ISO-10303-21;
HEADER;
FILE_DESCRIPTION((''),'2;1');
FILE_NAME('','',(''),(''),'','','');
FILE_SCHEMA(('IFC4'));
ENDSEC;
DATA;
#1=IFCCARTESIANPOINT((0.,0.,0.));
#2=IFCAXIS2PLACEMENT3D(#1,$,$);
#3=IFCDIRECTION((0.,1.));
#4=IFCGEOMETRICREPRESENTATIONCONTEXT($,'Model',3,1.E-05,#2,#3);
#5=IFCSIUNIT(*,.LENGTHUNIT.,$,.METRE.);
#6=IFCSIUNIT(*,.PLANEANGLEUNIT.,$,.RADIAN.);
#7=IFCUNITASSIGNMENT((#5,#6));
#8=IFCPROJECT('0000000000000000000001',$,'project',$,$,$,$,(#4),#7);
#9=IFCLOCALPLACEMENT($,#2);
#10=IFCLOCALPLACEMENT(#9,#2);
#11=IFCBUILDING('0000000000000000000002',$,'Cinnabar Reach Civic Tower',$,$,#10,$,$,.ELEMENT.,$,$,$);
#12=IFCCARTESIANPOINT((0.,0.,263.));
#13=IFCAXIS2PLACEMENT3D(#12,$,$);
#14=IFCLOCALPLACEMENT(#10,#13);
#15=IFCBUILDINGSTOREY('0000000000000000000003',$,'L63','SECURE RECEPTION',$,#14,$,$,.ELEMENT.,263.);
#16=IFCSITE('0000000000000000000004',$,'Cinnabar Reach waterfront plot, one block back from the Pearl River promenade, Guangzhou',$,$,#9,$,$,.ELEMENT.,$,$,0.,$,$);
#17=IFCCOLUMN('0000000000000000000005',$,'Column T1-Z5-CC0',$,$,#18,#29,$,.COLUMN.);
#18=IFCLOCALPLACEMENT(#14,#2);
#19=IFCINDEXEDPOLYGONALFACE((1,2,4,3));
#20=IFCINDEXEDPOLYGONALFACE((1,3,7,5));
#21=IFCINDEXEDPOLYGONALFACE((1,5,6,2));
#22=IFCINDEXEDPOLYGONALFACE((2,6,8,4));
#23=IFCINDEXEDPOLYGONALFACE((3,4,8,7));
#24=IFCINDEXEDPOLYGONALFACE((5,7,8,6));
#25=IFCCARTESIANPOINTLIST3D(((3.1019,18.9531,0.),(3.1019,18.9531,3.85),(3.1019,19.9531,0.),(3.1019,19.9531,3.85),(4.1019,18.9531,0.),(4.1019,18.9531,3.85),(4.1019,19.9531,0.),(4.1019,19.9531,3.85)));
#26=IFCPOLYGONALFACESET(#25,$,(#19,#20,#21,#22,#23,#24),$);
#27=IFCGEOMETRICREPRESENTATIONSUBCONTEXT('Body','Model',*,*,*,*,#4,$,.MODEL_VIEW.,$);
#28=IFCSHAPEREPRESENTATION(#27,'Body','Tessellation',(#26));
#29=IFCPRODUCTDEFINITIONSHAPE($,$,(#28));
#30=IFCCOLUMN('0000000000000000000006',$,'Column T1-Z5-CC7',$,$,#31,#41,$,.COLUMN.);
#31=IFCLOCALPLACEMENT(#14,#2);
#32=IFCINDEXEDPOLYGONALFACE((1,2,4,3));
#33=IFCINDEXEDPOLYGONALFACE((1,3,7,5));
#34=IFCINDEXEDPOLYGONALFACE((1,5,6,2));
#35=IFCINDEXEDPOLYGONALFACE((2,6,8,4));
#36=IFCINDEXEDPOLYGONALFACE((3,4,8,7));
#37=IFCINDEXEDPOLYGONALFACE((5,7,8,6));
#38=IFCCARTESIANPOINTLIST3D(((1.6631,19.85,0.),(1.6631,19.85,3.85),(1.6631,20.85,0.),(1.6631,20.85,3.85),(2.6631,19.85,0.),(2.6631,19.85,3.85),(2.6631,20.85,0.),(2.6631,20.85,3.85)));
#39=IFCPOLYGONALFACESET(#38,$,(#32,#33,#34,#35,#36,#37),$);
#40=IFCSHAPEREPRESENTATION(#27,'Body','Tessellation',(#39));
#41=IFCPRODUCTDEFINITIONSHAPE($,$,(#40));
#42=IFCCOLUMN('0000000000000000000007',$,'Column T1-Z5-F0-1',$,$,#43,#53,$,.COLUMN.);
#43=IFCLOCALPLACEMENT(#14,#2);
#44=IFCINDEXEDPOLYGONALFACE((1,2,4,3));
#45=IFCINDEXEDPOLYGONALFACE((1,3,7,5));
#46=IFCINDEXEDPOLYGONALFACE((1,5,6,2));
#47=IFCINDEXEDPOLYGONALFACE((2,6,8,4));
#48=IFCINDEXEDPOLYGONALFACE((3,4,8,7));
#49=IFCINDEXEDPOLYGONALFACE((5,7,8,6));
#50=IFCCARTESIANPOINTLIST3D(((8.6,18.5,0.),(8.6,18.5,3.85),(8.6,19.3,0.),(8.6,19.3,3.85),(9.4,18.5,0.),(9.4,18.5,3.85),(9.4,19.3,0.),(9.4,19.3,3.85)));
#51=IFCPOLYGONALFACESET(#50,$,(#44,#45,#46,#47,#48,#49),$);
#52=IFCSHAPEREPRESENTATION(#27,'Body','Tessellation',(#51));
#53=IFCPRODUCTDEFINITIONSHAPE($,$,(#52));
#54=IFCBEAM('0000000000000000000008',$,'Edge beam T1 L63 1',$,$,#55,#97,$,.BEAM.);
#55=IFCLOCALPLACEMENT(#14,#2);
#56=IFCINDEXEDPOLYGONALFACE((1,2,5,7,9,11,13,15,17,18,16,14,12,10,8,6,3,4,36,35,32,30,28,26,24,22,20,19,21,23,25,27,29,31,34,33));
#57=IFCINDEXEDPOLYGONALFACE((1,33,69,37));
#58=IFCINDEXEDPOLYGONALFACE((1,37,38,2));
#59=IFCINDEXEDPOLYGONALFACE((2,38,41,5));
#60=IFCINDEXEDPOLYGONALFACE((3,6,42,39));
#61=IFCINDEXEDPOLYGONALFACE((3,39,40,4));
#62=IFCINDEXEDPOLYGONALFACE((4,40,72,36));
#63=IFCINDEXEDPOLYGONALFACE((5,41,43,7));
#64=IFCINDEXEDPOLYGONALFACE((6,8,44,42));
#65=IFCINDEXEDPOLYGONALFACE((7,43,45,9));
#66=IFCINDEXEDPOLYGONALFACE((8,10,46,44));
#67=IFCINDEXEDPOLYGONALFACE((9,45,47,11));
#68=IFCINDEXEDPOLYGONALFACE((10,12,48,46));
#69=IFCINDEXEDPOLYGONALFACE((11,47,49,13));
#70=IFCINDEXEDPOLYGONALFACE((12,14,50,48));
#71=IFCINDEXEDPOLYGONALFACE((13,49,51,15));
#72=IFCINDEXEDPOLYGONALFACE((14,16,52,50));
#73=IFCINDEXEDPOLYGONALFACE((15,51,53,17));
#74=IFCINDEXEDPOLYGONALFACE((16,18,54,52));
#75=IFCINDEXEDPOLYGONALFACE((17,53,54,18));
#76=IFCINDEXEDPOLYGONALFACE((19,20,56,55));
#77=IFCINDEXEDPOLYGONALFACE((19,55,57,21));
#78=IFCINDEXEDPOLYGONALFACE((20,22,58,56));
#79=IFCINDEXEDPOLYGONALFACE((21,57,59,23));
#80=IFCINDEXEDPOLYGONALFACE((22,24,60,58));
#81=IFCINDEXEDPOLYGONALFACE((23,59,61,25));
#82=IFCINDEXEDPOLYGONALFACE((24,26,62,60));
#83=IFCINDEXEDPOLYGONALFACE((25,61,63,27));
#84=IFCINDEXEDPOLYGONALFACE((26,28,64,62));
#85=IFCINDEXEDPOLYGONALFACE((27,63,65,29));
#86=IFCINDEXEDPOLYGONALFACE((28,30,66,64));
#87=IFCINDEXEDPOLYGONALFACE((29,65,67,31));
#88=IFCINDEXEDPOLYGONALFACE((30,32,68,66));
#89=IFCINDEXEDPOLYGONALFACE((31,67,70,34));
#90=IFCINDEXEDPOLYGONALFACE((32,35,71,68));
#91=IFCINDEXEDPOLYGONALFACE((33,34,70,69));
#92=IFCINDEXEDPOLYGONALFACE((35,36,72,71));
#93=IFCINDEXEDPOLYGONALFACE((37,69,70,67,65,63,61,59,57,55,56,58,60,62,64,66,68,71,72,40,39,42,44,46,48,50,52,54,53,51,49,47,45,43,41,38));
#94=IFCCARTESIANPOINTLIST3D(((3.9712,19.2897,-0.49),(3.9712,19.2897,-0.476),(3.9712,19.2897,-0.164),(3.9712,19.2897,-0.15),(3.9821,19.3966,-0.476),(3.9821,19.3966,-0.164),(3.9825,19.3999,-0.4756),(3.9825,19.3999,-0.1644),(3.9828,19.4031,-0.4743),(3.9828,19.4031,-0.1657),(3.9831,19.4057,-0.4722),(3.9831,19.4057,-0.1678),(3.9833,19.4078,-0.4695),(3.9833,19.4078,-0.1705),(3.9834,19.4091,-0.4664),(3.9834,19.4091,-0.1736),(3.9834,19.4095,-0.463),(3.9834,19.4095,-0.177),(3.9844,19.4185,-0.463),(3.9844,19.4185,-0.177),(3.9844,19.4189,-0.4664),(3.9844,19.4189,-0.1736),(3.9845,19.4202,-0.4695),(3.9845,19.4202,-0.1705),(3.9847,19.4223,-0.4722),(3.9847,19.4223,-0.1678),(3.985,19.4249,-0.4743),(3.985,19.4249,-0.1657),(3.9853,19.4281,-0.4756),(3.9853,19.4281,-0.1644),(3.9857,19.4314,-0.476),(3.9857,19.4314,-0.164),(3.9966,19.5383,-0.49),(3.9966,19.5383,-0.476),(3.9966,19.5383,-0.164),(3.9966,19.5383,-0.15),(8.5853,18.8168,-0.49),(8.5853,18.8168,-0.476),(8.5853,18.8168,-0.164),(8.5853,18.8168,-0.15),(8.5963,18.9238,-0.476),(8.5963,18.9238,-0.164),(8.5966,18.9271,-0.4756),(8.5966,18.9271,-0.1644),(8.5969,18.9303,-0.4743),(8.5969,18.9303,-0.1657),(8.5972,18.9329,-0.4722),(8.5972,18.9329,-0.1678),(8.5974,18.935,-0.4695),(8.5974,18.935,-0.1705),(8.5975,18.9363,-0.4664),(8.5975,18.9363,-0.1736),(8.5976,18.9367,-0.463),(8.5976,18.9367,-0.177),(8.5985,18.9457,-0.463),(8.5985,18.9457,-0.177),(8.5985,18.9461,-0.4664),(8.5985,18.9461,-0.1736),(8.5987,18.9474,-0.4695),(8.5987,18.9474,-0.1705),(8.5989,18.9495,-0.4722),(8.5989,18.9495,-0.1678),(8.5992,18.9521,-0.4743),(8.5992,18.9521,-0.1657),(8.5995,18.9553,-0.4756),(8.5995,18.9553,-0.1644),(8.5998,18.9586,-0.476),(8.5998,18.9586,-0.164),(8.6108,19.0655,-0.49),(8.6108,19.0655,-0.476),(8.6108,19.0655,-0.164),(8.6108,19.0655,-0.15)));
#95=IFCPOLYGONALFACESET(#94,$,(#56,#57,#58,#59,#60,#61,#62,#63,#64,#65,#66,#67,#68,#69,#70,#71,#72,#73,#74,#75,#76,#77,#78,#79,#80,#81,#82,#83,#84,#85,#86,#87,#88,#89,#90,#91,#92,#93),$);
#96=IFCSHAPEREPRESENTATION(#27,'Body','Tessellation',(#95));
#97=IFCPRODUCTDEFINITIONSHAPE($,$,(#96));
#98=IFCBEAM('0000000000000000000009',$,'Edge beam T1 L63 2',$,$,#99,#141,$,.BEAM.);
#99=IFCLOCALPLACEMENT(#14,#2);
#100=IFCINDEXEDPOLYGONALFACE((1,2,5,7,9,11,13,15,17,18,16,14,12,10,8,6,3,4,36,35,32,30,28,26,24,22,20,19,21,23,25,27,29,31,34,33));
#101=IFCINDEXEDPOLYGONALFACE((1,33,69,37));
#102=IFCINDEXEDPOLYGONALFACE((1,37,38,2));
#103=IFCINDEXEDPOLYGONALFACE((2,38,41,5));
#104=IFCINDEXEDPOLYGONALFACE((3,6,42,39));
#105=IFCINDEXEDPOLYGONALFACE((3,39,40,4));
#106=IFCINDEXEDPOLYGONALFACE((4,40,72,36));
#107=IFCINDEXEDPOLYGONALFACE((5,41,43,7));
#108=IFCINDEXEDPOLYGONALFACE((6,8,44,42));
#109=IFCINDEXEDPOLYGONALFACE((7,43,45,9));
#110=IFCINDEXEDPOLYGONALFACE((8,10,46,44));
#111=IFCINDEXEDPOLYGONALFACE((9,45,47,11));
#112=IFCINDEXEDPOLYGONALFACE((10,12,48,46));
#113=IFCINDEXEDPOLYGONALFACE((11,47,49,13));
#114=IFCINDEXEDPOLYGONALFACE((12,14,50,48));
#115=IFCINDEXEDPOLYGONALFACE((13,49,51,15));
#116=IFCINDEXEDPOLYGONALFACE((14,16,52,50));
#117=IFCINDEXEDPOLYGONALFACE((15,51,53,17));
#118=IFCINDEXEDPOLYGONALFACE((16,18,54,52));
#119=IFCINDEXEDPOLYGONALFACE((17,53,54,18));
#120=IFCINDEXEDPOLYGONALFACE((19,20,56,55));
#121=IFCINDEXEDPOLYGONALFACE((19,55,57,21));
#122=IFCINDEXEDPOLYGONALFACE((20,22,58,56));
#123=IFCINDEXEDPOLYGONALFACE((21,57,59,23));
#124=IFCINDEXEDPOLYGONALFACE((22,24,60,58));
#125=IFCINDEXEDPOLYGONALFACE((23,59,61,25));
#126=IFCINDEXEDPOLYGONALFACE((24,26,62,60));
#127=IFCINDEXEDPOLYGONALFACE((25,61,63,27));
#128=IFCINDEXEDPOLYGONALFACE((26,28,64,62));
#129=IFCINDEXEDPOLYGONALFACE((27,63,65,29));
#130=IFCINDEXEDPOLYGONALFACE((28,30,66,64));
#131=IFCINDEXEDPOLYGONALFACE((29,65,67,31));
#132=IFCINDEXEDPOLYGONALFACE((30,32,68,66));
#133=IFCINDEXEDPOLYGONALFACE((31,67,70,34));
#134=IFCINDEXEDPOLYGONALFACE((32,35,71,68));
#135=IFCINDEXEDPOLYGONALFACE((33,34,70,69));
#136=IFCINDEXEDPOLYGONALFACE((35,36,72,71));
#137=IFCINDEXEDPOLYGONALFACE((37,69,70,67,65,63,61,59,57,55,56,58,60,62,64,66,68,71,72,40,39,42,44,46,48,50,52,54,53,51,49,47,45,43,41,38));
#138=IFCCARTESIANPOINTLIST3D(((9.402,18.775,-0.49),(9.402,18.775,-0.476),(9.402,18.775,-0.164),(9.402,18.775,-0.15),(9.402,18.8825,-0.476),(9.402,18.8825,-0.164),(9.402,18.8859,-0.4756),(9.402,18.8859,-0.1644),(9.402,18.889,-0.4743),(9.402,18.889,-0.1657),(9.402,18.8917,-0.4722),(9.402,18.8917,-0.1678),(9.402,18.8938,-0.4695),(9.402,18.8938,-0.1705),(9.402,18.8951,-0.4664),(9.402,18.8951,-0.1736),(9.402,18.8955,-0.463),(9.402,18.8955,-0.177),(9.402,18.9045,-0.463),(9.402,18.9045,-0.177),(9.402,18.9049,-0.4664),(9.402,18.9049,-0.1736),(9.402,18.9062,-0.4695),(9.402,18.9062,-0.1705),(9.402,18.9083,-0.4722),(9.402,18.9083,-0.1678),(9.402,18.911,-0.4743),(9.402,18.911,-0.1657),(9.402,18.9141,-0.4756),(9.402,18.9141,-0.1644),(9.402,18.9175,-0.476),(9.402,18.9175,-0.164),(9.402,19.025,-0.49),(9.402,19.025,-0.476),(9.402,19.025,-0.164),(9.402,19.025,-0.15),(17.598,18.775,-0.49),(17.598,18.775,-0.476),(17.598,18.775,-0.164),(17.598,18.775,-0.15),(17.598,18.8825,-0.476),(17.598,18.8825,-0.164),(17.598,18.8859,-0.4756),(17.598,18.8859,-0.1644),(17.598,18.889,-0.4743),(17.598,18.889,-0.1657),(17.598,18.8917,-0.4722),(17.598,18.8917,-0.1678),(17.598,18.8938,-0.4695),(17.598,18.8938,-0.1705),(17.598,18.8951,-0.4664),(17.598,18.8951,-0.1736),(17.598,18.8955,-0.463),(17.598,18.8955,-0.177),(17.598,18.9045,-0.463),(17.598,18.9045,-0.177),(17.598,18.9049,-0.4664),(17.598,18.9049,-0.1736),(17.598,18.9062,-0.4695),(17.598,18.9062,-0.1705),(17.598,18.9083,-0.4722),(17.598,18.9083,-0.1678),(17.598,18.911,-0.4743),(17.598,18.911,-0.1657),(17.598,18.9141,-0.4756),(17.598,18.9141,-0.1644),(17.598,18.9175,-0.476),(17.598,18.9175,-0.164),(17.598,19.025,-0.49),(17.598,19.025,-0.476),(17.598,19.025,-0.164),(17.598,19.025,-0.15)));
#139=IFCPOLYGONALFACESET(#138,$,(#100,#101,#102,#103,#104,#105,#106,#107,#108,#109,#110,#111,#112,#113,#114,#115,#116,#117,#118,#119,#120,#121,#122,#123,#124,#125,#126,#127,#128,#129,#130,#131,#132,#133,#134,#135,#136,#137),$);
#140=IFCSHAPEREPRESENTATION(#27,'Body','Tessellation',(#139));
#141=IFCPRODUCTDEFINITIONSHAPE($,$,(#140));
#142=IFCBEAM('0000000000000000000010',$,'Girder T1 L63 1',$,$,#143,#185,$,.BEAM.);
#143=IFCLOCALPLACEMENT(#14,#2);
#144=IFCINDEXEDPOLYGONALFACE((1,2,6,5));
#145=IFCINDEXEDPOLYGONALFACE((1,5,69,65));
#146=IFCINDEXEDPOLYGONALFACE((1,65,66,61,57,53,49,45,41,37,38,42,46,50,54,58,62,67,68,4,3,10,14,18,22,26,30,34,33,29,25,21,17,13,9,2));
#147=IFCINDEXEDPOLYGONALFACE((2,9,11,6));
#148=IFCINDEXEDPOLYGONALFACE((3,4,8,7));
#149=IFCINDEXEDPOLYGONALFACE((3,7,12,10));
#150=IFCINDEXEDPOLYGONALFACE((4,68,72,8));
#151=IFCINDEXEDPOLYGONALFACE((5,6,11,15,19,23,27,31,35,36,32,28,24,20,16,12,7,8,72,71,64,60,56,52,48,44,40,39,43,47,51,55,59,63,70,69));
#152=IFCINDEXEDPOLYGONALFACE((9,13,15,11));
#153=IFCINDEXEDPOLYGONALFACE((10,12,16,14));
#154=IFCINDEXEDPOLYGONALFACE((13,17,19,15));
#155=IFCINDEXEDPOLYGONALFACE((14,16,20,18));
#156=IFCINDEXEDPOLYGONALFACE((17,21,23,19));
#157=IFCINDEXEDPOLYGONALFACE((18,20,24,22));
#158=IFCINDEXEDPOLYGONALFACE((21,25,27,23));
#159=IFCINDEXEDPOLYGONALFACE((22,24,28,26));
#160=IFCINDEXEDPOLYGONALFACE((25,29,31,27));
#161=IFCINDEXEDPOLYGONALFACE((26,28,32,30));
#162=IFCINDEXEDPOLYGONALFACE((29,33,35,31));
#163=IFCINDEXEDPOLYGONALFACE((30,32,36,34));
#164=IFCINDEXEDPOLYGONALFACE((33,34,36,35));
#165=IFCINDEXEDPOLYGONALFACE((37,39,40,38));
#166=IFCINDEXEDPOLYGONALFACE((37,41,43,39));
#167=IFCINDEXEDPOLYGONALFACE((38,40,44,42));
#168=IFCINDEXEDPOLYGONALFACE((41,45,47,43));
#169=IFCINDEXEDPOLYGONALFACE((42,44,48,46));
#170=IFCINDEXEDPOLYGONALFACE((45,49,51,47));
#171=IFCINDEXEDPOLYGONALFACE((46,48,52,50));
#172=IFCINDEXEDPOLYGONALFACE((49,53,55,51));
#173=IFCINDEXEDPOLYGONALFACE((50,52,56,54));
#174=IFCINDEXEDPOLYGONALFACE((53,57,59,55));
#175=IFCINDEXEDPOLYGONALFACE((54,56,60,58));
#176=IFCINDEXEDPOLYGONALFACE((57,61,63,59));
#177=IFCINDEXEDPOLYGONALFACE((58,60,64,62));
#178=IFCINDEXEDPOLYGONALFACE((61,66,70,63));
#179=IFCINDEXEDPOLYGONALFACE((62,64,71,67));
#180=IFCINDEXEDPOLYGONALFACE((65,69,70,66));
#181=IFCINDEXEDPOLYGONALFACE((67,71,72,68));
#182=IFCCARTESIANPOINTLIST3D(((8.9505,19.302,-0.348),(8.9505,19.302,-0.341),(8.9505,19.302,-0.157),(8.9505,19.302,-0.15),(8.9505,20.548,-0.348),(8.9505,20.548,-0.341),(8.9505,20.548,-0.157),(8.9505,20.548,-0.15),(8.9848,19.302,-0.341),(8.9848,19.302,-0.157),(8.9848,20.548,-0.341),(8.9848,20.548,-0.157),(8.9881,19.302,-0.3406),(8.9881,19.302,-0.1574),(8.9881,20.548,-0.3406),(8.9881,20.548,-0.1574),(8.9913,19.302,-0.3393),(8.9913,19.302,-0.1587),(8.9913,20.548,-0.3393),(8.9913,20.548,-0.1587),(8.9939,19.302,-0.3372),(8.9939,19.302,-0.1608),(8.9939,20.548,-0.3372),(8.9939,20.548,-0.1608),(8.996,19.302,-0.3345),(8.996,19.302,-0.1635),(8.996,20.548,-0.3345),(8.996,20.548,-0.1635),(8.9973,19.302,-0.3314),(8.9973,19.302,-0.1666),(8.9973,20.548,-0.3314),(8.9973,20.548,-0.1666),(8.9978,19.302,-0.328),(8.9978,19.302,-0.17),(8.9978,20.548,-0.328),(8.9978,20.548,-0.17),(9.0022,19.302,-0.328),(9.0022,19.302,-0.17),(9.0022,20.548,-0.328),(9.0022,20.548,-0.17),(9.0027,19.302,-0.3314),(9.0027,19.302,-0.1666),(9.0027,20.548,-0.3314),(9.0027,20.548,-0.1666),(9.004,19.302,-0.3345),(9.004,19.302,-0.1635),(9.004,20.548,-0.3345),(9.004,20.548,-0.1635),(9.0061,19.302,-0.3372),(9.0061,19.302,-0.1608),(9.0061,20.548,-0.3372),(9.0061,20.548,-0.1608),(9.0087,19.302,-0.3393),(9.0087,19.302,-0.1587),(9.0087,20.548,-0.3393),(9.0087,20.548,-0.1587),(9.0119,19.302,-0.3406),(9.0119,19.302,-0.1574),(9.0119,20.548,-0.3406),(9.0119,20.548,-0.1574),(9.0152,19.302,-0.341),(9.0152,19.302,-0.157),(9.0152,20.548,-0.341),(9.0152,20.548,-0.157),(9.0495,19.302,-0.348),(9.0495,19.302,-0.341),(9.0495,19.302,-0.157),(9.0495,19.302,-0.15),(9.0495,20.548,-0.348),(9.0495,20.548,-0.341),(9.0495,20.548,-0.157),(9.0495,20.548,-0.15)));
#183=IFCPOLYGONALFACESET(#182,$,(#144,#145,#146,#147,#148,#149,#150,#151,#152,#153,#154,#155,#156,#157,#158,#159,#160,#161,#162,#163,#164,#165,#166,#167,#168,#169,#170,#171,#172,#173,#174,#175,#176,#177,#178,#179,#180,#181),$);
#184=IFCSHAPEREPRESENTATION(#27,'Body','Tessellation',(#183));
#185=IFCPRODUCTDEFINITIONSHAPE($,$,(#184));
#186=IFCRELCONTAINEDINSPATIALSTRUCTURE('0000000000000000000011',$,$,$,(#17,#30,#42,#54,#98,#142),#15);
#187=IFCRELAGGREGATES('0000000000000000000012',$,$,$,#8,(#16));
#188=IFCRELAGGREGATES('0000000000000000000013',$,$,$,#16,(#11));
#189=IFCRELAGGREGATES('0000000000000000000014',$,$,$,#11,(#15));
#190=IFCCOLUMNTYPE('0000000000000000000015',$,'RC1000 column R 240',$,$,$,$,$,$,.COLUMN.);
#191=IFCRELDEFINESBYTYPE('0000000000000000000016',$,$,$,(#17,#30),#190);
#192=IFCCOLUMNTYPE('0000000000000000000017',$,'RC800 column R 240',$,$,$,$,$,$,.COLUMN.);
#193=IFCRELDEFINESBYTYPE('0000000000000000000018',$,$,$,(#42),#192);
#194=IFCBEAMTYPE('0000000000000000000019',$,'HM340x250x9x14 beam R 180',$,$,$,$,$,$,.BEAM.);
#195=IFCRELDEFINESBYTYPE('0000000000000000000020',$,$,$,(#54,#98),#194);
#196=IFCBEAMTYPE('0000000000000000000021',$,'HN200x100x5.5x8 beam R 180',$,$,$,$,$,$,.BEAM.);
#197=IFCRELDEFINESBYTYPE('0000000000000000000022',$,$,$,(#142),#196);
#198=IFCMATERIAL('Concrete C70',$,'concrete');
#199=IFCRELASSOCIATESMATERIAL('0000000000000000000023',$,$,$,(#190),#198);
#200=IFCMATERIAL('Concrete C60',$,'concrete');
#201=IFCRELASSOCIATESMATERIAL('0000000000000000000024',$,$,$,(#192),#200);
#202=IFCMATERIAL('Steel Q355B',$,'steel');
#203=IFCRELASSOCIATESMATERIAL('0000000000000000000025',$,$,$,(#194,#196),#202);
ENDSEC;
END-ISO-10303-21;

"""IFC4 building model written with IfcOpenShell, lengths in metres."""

from ifc_helpers import new_model, si_unit, direction, frame, origin, origin_2d, place, context, subcontext, project, spatial, rectangle, i_section, extrude, material, material_profile, profile_set, type_object, element, save


model = new_model("IFC4")

# Units and contexts
model_context = context("Model", 3, precision=1e-05, world=origin(), true_north=direction((0.0, 1.0)))
body_context = subcontext(model_context, "Body", "Model", "MODEL_VIEW")
ifc_project = project(units=[si_unit("LENGTHUNIT", "METRE"), si_unit("PLANEANGLEUNIT", "RADIAN")], contexts=[model_context])

# Site, building, storey
site_placement = place(None, origin())
site = spatial("IfcSite", under=ifc_project, at=site_placement, Name="Cinnabar Reach waterfront plot, one block back from the Pearl River promenade, Guangzhou", CompositionType="ELEMENT", RefElevation=0.0)
building_placement = place(site_placement, origin())
building = spatial("IfcBuilding", under=site, at=building_placement, Name="Cinnabar Reach Civic Tower", CompositionType="ELEMENT")
storey_placement = place(building_placement, frame((0.0, 0.0, 263.0)))
storey = spatial("IfcBuildingStorey", under=building, at=storey_placement, Name="L63", Description="SECURE RECEPTION", CompositionType="ELEMENT", Elevation=263.0)

# Columns
ifc_material_1 = material(Name="Concrete C70", Category="concrete")
ifc_material_profile_1 = material_profile(ifc_material_1, rectangle(XDim=1.0, YDim=1.0, at=origin_2d()), Name="RC1000")
ifc_profile_set_1 = profile_set([ifc_material_profile_1], Name="Concrete C70")
column_type_1 = type_object("IfcColumnType", Name="RC1000 column R 240", PredefinedType="COLUMN", material=ifc_profile_set_1)
for number, where, z_axis, x_axis, name in (
    (1, (3.6019, 19.4531, 0.0), (0.0, 0.0, 1.0), (1.0, 0.0, 0.0), "Column T1-Z5-CC0"),
    (2, (2.1631, 20.35, 0.0), (0.0, 0.0, 1.0), (1.0, 0.0, 0.0), "Column T1-Z5-CC7"),
):
    element("IfcColumn", number, at=place(storey_placement, frame(where, z_axis=z_axis, x_axis=x_axis)), inside=storey, type_object=column_type_1, Name=name, PredefinedType="COLUMN", context=body_context, shape_type="SweptSolid", body=[
        extrude(rectangle(XDim=1.0, YDim=1.0, at=origin_2d()), origin(), (0.0, 0.0, 1.0), 3.85),
    ])
ifc_material_2 = material(Name="Concrete C60", Category="concrete")
ifc_material_profile_2 = material_profile(ifc_material_2, rectangle(XDim=0.8, YDim=0.8, at=origin_2d()), Name="RC800")
ifc_profile_set_2 = profile_set([ifc_material_profile_2], Name="Concrete C60")
column_type_2 = type_object("IfcColumnType", Name="RC800 column R 240", PredefinedType="COLUMN", material=ifc_profile_set_2)
column_placement = place(storey_placement, frame((9.0, 18.9, 0.0), z_axis=(0.0, 0.0, 1.0), x_axis=(1.0, 0.0, 0.0)))
element("IfcColumn", 3, at=column_placement, inside=storey, type_object=column_type_2, Name="Column T1-Z5-F0-1", PredefinedType="COLUMN", context=body_context, shape_type="SweptSolid", body=[
    extrude(rectangle(XDim=0.8, YDim=0.8, at=origin_2d()), origin(), (0.0, 0.0, 1.0), 3.85),
])

# Beams
ifc_material_3 = material(Name="Steel Q355B", Category="steel")
ifc_material_profile_3 = material_profile(ifc_material_3, i_section(OverallWidth=0.25, OverallDepth=0.34, WebThickness=0.009, FlangeThickness=0.014, FilletRadius=0.013, at=origin_2d()), Name="HM340x250x9x14")
ifc_profile_set_3 = profile_set([ifc_material_profile_3], Name="Steel Q355B")
beam_type_1 = type_object("IfcBeamType", Name="HM340x250x9x14 beam R 180", PredefinedType="BEAM", material=ifc_profile_set_3)
beam_1_placement = place(storey_placement, frame((3.9839, 19.414, -0.32), z_axis=(0.994791, -0.101935, 0.0), x_axis=(0.101935, 0.994791, 0.0)))
element("IfcBeam", 4, at=beam_1_placement, inside=storey, type_object=beam_type_1, Name="Edge beam T1 L63 1", PredefinedType="BEAM", context=body_context, shape_type="SweptSolid", body=[
    extrude(i_section(OverallWidth=0.25, OverallDepth=0.34, WebThickness=0.009, FlangeThickness=0.014, FilletRadius=0.013, at=origin_2d()), origin(), (0.0, 0.0, 1.0), 4.6383),
])
beam_2_placement = place(storey_placement, frame((9.402, 18.9, -0.32), z_axis=(1.0, 0.0, 0.0), x_axis=(0.0, 1.0, 0.0)))
element("IfcBeam", 5, at=beam_2_placement, inside=storey, type_object=beam_type_1, Name="Edge beam T1 L63 2", PredefinedType="BEAM", context=body_context, shape_type="SweptSolid", body=[
    extrude(i_section(OverallWidth=0.25, OverallDepth=0.34, WebThickness=0.009, FlangeThickness=0.014, FilletRadius=0.013, at=origin_2d()), origin(), (0.0, 0.0, 1.0), 8.196),
])
ifc_material_profile_4 = material_profile(ifc_material_3, i_section(OverallWidth=0.099, OverallDepth=0.198, WebThickness=0.0045, FlangeThickness=0.007, FilletRadius=0.013, at=origin_2d()), Name="HN200x100x5.5x8")
ifc_profile_set_4 = profile_set([ifc_material_profile_4], Name="Steel Q355B")
beam_type_2 = type_object("IfcBeamType", Name="HN200x100x5.5x8 beam R 180", PredefinedType="BEAM", material=ifc_profile_set_4)
beam_3_placement = place(storey_placement, frame((9.0, 19.302, -0.249), z_axis=(0.0, 1.0, 0.0), x_axis=(-1.0, 0.0, 0.0)))
element("IfcBeam", 6, at=beam_3_placement, inside=storey, type_object=beam_type_2, Name="Girder T1 L63 1", PredefinedType="BEAM", context=body_context, shape_type="SweptSolid", body=[
    extrude(i_section(OverallWidth=0.099, OverallDepth=0.198, WebThickness=0.0045, FlangeThickness=0.007, FilletRadius=0.013, at=origin_2d()), origin(), (0.0, 0.0, 1.0), 1.246),
])

save(model, "model.ifc")
